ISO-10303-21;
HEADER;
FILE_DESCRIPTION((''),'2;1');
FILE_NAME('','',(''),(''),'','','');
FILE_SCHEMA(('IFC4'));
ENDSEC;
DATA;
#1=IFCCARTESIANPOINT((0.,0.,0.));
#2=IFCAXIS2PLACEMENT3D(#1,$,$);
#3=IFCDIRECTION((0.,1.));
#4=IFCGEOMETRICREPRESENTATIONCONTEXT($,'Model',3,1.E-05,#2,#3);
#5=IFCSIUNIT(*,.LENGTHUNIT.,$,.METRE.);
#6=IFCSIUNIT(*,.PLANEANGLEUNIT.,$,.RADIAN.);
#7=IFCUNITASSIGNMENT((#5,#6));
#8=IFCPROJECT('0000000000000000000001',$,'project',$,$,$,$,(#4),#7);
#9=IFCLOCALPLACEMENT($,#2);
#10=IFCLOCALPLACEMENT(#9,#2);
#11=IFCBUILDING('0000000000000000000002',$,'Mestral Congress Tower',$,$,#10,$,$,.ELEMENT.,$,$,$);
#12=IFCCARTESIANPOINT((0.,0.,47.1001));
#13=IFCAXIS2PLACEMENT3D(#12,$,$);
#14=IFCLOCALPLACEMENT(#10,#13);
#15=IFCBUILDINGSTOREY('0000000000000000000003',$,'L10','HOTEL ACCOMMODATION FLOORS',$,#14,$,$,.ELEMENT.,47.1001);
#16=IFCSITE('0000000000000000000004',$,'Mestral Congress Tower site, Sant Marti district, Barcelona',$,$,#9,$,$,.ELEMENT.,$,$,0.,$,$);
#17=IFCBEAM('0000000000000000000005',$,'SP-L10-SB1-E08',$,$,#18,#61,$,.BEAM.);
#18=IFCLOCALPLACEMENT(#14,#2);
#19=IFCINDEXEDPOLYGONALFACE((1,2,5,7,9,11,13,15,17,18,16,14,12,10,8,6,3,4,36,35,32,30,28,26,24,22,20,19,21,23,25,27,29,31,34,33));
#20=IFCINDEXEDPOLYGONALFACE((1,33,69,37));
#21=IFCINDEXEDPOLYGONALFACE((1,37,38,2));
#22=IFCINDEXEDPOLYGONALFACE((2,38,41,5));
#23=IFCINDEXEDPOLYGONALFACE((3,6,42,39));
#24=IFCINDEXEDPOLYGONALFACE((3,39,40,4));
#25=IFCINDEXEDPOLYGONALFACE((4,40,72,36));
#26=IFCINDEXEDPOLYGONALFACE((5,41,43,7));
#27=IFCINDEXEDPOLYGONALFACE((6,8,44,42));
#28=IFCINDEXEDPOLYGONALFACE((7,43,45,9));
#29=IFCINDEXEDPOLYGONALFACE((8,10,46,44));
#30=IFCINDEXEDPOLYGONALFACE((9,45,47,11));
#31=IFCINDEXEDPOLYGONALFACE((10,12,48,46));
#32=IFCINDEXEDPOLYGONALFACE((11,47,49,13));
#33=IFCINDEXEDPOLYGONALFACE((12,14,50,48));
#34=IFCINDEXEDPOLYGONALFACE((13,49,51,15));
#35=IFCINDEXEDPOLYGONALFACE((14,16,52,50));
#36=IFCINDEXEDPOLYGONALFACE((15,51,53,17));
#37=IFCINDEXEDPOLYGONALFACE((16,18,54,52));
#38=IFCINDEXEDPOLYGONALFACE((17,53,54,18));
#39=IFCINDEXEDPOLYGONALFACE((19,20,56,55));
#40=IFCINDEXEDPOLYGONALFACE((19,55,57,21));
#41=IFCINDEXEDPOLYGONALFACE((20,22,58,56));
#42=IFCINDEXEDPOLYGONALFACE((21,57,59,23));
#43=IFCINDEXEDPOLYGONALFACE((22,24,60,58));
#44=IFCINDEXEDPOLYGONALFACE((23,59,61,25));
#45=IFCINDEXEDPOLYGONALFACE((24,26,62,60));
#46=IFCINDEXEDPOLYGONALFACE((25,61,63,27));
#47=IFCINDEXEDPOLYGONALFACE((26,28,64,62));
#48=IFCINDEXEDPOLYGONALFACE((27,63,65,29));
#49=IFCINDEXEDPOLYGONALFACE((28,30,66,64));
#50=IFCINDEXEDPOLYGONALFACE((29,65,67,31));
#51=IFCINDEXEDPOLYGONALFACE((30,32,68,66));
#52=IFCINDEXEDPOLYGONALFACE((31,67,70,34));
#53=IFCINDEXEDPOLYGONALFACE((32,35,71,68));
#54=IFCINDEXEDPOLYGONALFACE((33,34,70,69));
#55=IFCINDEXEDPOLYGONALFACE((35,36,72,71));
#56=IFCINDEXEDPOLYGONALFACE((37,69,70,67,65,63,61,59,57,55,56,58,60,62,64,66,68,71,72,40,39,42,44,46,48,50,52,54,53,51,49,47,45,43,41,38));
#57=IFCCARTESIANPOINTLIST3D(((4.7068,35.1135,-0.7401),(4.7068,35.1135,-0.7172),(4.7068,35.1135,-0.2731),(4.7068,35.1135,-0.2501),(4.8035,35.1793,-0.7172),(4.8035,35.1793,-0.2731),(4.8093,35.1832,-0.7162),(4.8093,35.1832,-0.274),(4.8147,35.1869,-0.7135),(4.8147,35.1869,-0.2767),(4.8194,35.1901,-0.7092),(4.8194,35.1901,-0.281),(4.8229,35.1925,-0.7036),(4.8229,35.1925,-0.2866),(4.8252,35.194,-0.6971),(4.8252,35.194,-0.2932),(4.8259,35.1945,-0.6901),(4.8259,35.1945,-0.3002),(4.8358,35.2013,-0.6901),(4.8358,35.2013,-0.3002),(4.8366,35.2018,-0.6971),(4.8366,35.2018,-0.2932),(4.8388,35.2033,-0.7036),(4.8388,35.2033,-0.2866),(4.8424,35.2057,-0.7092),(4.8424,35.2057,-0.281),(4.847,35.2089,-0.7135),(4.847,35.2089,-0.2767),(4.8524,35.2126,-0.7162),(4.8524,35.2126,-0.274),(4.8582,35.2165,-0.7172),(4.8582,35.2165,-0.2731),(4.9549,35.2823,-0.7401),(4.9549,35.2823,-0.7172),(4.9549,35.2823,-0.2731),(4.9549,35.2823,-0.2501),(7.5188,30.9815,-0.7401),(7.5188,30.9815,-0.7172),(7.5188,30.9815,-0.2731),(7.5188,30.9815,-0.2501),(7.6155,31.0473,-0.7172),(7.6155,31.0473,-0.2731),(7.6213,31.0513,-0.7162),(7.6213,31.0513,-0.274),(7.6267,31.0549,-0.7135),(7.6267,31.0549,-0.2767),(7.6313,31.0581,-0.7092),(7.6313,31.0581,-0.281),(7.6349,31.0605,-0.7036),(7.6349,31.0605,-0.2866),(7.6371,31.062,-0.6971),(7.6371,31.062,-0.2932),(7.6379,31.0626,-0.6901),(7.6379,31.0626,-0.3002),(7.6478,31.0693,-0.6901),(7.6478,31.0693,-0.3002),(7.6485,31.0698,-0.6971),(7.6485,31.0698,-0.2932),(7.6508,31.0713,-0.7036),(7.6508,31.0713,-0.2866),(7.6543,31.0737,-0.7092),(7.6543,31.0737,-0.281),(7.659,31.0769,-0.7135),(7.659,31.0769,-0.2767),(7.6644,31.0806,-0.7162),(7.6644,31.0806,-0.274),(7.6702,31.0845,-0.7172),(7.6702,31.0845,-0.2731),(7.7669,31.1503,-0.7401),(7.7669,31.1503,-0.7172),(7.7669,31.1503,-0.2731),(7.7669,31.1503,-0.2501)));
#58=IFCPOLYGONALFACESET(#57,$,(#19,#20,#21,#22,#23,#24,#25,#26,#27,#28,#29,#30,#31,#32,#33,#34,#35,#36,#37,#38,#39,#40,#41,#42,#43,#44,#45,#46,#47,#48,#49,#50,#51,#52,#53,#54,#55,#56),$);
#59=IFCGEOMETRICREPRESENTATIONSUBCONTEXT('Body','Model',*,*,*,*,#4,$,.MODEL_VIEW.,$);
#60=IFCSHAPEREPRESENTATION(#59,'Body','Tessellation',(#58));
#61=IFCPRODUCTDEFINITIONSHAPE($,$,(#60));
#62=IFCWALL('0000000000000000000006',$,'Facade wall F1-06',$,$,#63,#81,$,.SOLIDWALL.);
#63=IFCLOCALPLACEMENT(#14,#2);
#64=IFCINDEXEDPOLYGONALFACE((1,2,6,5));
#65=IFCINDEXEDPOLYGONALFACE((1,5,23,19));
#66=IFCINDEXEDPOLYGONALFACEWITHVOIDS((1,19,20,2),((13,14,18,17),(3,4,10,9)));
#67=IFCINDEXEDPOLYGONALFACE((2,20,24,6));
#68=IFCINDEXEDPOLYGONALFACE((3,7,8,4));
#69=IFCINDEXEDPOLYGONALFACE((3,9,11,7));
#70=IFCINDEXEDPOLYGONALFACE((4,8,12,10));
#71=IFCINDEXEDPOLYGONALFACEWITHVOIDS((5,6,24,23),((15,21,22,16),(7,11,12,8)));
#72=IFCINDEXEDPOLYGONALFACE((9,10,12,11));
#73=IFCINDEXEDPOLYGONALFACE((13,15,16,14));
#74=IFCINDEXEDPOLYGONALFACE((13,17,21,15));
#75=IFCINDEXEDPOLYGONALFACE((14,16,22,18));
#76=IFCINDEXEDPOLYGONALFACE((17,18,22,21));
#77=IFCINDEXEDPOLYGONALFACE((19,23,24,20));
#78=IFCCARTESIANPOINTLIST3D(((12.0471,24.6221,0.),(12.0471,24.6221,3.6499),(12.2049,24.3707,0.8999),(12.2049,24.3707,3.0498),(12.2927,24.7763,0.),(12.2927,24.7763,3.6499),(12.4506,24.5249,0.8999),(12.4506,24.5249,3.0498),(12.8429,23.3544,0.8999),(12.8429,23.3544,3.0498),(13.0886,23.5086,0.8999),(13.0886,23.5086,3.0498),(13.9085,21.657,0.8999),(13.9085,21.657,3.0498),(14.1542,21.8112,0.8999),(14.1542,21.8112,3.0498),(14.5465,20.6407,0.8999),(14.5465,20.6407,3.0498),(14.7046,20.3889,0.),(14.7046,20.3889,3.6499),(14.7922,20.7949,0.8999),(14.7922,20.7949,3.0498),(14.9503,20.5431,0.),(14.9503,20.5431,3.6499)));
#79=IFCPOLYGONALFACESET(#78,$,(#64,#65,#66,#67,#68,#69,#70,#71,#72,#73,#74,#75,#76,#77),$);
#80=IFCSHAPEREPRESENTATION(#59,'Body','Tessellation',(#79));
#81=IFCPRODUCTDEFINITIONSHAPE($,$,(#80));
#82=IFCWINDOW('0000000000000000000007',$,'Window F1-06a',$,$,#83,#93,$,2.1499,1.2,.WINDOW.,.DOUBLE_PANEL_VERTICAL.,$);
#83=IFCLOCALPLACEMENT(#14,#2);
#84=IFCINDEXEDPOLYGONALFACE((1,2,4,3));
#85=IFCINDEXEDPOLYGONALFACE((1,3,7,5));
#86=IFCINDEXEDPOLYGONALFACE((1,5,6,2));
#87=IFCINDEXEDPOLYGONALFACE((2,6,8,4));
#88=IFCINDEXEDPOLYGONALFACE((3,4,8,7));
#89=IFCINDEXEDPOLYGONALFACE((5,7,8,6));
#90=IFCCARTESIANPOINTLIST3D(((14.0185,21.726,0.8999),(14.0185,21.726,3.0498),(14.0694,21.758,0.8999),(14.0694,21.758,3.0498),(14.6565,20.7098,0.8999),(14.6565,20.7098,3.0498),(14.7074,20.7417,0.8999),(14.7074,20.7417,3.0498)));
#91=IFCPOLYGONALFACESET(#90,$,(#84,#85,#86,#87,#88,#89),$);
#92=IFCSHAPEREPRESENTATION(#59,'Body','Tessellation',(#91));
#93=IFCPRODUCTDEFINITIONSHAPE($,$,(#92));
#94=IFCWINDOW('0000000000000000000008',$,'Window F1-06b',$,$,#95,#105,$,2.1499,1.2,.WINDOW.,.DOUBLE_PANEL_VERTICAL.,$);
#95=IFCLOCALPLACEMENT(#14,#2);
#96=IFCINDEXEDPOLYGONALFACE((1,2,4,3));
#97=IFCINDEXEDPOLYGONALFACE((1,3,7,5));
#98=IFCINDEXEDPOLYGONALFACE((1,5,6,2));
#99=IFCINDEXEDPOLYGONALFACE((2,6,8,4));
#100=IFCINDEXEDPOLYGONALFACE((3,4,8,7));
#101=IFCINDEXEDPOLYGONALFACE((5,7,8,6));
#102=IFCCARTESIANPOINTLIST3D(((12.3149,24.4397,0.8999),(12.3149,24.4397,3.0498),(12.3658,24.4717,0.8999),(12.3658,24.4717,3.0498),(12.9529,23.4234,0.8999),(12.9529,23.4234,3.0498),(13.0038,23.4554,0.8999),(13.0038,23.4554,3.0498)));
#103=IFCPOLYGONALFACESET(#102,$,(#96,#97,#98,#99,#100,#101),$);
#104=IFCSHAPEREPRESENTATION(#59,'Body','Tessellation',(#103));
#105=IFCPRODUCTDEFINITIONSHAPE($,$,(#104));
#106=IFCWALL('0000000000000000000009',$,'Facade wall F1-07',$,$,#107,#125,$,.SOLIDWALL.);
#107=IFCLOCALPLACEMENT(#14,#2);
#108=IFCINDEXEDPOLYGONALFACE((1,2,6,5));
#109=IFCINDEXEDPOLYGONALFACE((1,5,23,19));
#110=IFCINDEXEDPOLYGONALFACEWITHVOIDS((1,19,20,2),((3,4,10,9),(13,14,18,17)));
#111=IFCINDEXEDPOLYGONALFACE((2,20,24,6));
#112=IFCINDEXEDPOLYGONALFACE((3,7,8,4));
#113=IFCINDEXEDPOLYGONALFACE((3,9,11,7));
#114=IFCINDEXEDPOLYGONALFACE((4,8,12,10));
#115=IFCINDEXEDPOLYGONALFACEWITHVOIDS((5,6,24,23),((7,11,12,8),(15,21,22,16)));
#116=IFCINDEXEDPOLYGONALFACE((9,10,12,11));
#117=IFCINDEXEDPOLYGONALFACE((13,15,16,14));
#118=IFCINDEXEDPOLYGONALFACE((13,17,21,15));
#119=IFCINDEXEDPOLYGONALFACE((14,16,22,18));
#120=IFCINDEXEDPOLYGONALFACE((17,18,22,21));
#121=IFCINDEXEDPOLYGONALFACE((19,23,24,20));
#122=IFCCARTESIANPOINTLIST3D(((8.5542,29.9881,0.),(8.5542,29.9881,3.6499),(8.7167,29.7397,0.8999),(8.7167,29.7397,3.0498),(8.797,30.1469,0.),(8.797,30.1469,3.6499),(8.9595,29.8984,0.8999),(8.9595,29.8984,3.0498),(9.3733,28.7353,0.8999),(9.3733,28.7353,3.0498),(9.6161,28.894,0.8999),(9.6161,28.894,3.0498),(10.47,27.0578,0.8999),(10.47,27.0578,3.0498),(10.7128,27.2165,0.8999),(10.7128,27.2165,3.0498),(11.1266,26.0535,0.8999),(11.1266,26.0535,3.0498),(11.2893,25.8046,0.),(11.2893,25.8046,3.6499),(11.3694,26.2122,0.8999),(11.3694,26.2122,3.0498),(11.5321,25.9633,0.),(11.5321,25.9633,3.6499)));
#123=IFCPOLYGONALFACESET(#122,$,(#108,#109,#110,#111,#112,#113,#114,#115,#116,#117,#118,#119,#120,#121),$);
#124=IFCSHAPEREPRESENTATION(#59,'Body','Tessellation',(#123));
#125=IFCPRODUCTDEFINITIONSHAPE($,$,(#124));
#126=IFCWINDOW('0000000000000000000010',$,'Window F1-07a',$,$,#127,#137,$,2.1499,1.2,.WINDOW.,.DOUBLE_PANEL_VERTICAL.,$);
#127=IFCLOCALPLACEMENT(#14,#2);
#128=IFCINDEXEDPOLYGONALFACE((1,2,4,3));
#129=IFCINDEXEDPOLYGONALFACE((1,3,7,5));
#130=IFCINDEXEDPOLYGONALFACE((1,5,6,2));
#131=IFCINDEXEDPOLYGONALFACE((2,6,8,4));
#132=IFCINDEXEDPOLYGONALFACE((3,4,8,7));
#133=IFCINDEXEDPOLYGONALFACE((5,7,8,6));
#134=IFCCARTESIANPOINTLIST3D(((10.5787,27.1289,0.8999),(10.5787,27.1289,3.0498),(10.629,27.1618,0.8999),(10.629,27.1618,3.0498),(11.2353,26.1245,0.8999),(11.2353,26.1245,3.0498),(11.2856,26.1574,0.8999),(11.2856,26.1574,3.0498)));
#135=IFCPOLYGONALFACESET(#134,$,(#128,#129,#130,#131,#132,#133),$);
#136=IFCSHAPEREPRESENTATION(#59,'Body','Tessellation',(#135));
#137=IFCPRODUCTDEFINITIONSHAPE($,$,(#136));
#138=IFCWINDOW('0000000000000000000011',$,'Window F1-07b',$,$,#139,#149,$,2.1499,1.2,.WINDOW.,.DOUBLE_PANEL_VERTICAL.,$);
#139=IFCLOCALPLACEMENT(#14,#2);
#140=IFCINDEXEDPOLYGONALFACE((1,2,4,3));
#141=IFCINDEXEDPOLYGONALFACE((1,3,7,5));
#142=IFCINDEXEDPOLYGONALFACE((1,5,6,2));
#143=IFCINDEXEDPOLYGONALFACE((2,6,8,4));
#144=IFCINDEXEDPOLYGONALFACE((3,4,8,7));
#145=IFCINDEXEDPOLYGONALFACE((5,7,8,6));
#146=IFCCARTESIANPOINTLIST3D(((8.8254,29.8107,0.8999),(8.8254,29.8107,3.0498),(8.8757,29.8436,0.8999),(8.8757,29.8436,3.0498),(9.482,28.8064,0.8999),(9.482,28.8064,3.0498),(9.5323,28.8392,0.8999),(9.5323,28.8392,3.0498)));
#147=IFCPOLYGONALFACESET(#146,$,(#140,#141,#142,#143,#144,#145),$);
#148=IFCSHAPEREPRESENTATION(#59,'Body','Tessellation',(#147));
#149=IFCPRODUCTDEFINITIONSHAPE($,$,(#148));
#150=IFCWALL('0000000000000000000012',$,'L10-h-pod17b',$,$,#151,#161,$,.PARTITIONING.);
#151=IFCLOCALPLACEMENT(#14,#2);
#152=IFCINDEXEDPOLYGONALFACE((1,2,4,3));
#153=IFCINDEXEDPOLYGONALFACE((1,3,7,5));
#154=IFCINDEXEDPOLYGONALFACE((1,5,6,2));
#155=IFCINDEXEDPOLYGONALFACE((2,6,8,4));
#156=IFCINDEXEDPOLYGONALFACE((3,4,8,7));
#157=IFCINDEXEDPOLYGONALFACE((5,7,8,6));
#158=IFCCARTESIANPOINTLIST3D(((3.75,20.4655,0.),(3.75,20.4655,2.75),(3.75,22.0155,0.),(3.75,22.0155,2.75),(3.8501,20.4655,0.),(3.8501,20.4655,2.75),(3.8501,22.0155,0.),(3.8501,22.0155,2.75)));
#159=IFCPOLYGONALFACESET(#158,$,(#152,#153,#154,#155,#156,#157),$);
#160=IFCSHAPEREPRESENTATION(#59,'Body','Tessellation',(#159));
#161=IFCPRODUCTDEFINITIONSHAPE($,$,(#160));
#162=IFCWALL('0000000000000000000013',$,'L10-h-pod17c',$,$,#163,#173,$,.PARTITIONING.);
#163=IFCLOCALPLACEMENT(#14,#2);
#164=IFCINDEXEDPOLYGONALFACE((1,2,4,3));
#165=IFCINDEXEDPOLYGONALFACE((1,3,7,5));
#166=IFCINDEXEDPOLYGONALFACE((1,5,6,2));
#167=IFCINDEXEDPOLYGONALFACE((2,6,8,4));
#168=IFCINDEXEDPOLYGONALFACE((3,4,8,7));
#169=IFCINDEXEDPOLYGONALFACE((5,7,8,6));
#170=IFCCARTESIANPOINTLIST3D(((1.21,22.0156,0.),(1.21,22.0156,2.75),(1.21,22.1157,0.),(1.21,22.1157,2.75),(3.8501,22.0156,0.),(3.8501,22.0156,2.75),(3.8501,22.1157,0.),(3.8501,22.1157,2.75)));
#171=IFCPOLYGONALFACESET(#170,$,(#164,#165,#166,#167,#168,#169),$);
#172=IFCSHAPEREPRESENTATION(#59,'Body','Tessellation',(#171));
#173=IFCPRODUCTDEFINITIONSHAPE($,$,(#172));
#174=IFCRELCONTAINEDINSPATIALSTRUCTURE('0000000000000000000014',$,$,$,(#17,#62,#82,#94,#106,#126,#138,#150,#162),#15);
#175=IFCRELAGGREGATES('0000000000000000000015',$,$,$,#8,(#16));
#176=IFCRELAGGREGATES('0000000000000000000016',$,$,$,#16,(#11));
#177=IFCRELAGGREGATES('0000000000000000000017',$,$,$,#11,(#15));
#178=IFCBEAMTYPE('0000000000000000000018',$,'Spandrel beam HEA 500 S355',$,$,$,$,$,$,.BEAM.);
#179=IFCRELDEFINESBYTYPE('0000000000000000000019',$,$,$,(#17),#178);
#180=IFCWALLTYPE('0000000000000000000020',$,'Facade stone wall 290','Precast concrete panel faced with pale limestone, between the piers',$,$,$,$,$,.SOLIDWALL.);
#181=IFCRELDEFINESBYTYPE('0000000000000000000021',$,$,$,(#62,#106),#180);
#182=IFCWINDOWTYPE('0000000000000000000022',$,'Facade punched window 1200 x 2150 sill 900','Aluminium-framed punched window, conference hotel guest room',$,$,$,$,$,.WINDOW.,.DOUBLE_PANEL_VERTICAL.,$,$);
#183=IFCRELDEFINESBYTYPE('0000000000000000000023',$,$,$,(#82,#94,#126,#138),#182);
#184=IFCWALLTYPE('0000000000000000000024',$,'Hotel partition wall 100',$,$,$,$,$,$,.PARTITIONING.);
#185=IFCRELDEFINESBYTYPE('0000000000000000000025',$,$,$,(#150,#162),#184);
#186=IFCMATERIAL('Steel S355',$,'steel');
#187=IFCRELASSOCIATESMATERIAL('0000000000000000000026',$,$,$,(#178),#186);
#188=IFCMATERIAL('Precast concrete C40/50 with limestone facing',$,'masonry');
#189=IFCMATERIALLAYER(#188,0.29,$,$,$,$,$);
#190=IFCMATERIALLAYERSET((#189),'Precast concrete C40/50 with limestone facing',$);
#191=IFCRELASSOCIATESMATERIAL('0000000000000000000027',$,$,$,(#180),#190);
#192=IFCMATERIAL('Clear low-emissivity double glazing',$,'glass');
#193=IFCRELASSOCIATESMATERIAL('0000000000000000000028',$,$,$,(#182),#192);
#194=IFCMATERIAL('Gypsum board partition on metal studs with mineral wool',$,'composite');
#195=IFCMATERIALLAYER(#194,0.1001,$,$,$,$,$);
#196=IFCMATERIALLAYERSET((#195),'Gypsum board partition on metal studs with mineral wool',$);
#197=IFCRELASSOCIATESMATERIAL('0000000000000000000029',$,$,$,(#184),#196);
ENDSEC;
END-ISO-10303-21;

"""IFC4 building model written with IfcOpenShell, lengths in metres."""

from ifc_helpers import new_model, si_unit, direction, frame, frame_2d, origin, origin_2d, place, context, subcontext, project, spatial, rectangle, i_section, extrude, material, layer, layer_set, material_profile, profile_set, type_object, element, fill, save


model = new_model("IFC4")

# Units and contexts
model_context = context("Model", 3, precision=1e-05, world=origin(), true_north=direction((0.0, 1.0)))
body_context = subcontext(model_context, "Body", "Model", "MODEL_VIEW")
ifc_project = project(units=[si_unit("LENGTHUNIT", "METRE"), si_unit("PLANEANGLEUNIT", "RADIAN")], contexts=[model_context])

# Site, building, storey
site_placement = place(None, origin())
site = spatial("IfcSite", under=ifc_project, at=site_placement, Name="Mestral Congress Tower site, Sant Marti district, Barcelona", CompositionType="ELEMENT", RefElevation=0.0)
building_placement = place(site_placement, origin())
building = spatial("IfcBuilding", under=site, at=building_placement, Name="Mestral Congress Tower", CompositionType="ELEMENT")
storey_placement = place(building_placement, frame((0.0, 0.0, 47.1001)))
storey = spatial("IfcBuildingStorey", under=building, at=storey_placement, Name="L10", Description="HOTEL ACCOMMODATION FLOORS", CompositionType="ELEMENT", Elevation=47.1001)

# Beam
ifc_material_1 = material(Name="Steel S355", Category="steel")
ifc_material_profile_1 = material_profile(ifc_material_1, i_section(OverallWidth=0.3, OverallDepth=0.49, WebThickness=0.012, FlangeThickness=0.0229, FilletRadius=0.0271, at=origin_2d()), Name="HEA 500")
ifc_profile_set_1 = profile_set([ifc_material_profile_1], Name="Steel S355")
beam_type_1 = type_object("IfcBeamType", Name="Spandrel beam HEA 500 S355", PredefinedType="BEAM", material=ifc_profile_set_1)
beam_1_placement = place(storey_placement, frame((7.6428, 31.0659, -0.4951), z_axis=(-0.562611, 0.826722, 0.0), x_axis=(-0.826722, -0.562611, 0.0)))
element("IfcBeam", 1, at=beam_1_placement, inside=storey, type_object=beam_type_1, Name="SP-L10-SB1-E08", PredefinedType="BEAM", context=body_context, shape_type="SweptSolid", body=[
    extrude(i_section(OverallWidth=0.3, OverallDepth=0.49, WebThickness=0.012, FlangeThickness=0.0229, FilletRadius=0.0271, at=origin_2d()), origin(), (0.0, 0.0, 1.0), 4.998),
])

# Walls, openings, windows
ifc_material_2 = material(Name="Precast concrete C40/50 with limestone facing", Category="masonry")
ifc_layer_1 = layer(ifc_material_2, 0.29)
ifc_layer_set_1 = layer_set([ifc_layer_1], Name="Precast concrete C40/50 with limestone facing")
wall_type_1 = type_object("IfcWallType", Name="Facade stone wall 290", Description="Precast concrete panel faced with pale limestone, between the piers", PredefinedType="SOLIDWALL", material=ifc_layer_set_1)
wall_1_placement = place(storey_placement, frame((14.8274, 20.4661, 0.0), z_axis=(0.0, 0.0, 1.0), x_axis=(-0.531688, 0.84694, 0.0)))
wall_1 = element("IfcWall", 2, at=wall_1_placement, inside=storey, type_object=wall_type_1, Name="Facade wall F1-06", PredefinedType="SOLIDWALL", context=body_context, shape_type="SweptSolid", body=[
    extrude(rectangle(XDim=4.9983, YDim=0.29, at=frame_2d((2.499, 0.0))), origin(), (0.0, 0.0, 1.0), 3.6499),
])
opening_1_placement = place(wall_1_placement, frame((0.2971, 0.0, 0.8999)))
opening_1 = element("IfcOpeningElement", 3, at=opening_1_placement, cuts=wall_1, PredefinedType="OPENING", context=body_context, shape_type="SweptSolid", body=[
    extrude(rectangle(XDim=1.2, YDim=2.1499, at=frame_2d((0.6001, 1.075))), frame((0.0, 0.155, 0.0), z_axis=(0.0, -1.0, 0.0), x_axis=(1.0, 0.0, 0.0)), (0.0, 0.0, 1.0), 0.3101),
])
opening_2_placement = place(wall_1_placement, frame((3.5012, 0.0, 0.8999)))
opening_2 = element("IfcOpeningElement", 4, at=opening_2_placement, cuts=wall_1, PredefinedType="OPENING", context=body_context, shape_type="SweptSolid", body=[
    extrude(rectangle(XDim=1.2, YDim=2.1499, at=frame_2d((0.6001, 1.075))), frame((0.0, 0.155, 0.0), z_axis=(0.0, -1.0, 0.0), x_axis=(1.0, 0.0, 0.0)), (0.0, 0.0, 1.0), 0.3101),
])
ifc_material_3 = material(Name="Clear low-emissivity double glazing", Category="glass")
window_type = type_object("IfcWindowType", Name="Facade punched window 1200 x 2150 sill 900", Description="Aluminium-framed punched window, conference hotel guest room", PartitioningType="DOUBLE_PANEL_VERTICAL", PredefinedType="WINDOW", material=ifc_material_3)
window_1_placement = place(opening_1_placement, origin())
window_1 = element("IfcWindow", 5, at=window_1_placement, inside=storey, type_object=window_type, Name="Window F1-06a", OverallHeight=2.1499, OverallWidth=1.2, PartitioningType="DOUBLE_PANEL_VERTICAL", PredefinedType="WINDOW", context=body_context, shape_type="SweptSolid", body=[
    extrude(rectangle(XDim=1.2, YDim=2.1499, at=frame_2d((0.6001, 1.075))), frame((0.0, 0.0151, 0.0), z_axis=(0.0, -1.0, 0.0), x_axis=(1.0, 0.0, 0.0)), (0.0, 0.0, 1.0), 0.0601),
])
fill(opening_1, window_1)
window_2_placement = place(opening_2_placement, origin())
window_2 = element("IfcWindow", 6, at=window_2_placement, inside=storey, type_object=window_type, Name="Window F1-06b", OverallHeight=2.1499, OverallWidth=1.2, PartitioningType="DOUBLE_PANEL_VERTICAL", PredefinedType="WINDOW", context=body_context, shape_type="SweptSolid", body=[
    extrude(rectangle(XDim=1.2, YDim=2.1499, at=frame_2d((0.6001, 1.075))), frame((0.0, 0.0151, 0.0), z_axis=(0.0, -1.0, 0.0), x_axis=(1.0, 0.0, 0.0)), (0.0, 0.0, 1.0), 0.0601),
])
fill(opening_2, window_2)
wall_2_placement = place(storey_placement, frame((11.4106, 25.884, 0.0), z_axis=(0.0, 0.0, 1.0), x_axis=(-0.547205, 0.836999, 0.0)))
wall_2 = element("IfcWall", 7, at=wall_2_placement, inside=storey, type_object=wall_type_1, Name="Facade wall F1-07", PredefinedType="SOLIDWALL", context=body_context, shape_type="SweptSolid", body=[
    extrude(rectangle(XDim=4.9983, YDim=0.29, at=frame_2d((2.499, 0.0))), origin(), (0.0, 0.0, 1.0), 3.6499),
])
opening_3_placement = place(wall_2_placement, frame((0.2971, 0.0, 0.8999)))
opening_3 = element("IfcOpeningElement", 8, at=opening_3_placement, cuts=wall_2, PredefinedType="OPENING", context=body_context, shape_type="SweptSolid", body=[
    extrude(rectangle(XDim=1.2, YDim=2.1499, at=frame_2d((0.6001, 1.075))), frame((0.0, 0.155, 0.0), z_axis=(0.0, -1.0, 0.0), x_axis=(1.0, 0.0, 0.0)), (0.0, 0.0, 1.0), 0.3101),
])
opening_4_placement = place(wall_2_placement, frame((3.5012, 0.0, 0.8999)))
opening_4 = element("IfcOpeningElement", 9, at=opening_4_placement, cuts=wall_2, PredefinedType="OPENING", context=body_context, shape_type="SweptSolid", body=[
    extrude(rectangle(XDim=1.2, YDim=2.1499, at=frame_2d((0.6001, 1.075))), frame((0.0, 0.155, 0.0), z_axis=(0.0, -1.0, 0.0), x_axis=(1.0, 0.0, 0.0)), (0.0, 0.0, 1.0), 0.3101),
])
window_3_placement = place(opening_3_placement, origin())
window_3 = element("IfcWindow", 10, at=window_3_placement, inside=storey, type_object=window_type, Name="Window F1-07a", OverallHeight=2.1499, OverallWidth=1.2, PartitioningType="DOUBLE_PANEL_VERTICAL", PredefinedType="WINDOW", context=body_context, shape_type="SweptSolid", body=[
    extrude(rectangle(XDim=1.2, YDim=2.1499, at=frame_2d((0.6001, 1.075))), frame((0.0, 0.0151, 0.0), z_axis=(0.0, -1.0, 0.0), x_axis=(1.0, 0.0, 0.0)), (0.0, 0.0, 1.0), 0.0601),
])
fill(opening_3, window_3)
window_4_placement = place(opening_4_placement, origin())
window_4 = element("IfcWindow", 11, at=window_4_placement, inside=storey, type_object=window_type, Name="Window F1-07b", OverallHeight=2.1499, OverallWidth=1.2, PartitioningType="DOUBLE_PANEL_VERTICAL", PredefinedType="WINDOW", context=body_context, shape_type="SweptSolid", body=[
    extrude(rectangle(XDim=1.2, YDim=2.1499, at=frame_2d((0.6001, 1.075))), frame((0.0, 0.0151, 0.0), z_axis=(0.0, -1.0, 0.0), x_axis=(1.0, 0.0, 0.0)), (0.0, 0.0, 1.0), 0.0601),
])
fill(opening_4, window_4)

# Walls
ifc_material_4 = material(Name="Gypsum board partition on metal studs with mineral wool", Category="composite")
ifc_layer_2 = layer(ifc_material_4, 0.1001)
ifc_layer_set_2 = layer_set([ifc_layer_2], Name="Gypsum board partition on metal studs with mineral wool")
wall_type_2 = type_object("IfcWallType", Name="Hotel partition wall 100", PredefinedType="PARTITIONING", material=ifc_layer_set_2)
wall_3_placement = place(storey_placement, frame((3.8, 20.4656, 0.0), z_axis=(0.0, 0.0, 1.0), x_axis=(0.0, 1.0, 0.0)))
element("IfcWall", 12, at=wall_3_placement, inside=storey, type_object=wall_type_2, Name="L10-h-pod17b", PredefinedType="PARTITIONING", context=body_context, shape_type="SweptSolid", body=[
    extrude(rectangle(XDim=1.55, YDim=0.1001, at=frame_2d((0.7749, 0.0))), origin(), (0.0, 0.0, 1.0), 2.75),
])
wall_4_placement = place(storey_placement, frame((1.21, 22.0657, 0.0), z_axis=(0.0, 0.0, 1.0), x_axis=(1.0, 0.0, 0.0)))
element("IfcWall", 13, at=wall_4_placement, inside=storey, type_object=wall_type_2, Name="L10-h-pod17c", PredefinedType="PARTITIONING", context=body_context, shape_type="SweptSolid", body=[
    extrude(rectangle(XDim=2.6401, YDim=0.1001, at=frame_2d((1.3201, 0.0))), origin(), (0.0, 0.0, 1.0), 2.75),
])

save(model, "model.ifc")
